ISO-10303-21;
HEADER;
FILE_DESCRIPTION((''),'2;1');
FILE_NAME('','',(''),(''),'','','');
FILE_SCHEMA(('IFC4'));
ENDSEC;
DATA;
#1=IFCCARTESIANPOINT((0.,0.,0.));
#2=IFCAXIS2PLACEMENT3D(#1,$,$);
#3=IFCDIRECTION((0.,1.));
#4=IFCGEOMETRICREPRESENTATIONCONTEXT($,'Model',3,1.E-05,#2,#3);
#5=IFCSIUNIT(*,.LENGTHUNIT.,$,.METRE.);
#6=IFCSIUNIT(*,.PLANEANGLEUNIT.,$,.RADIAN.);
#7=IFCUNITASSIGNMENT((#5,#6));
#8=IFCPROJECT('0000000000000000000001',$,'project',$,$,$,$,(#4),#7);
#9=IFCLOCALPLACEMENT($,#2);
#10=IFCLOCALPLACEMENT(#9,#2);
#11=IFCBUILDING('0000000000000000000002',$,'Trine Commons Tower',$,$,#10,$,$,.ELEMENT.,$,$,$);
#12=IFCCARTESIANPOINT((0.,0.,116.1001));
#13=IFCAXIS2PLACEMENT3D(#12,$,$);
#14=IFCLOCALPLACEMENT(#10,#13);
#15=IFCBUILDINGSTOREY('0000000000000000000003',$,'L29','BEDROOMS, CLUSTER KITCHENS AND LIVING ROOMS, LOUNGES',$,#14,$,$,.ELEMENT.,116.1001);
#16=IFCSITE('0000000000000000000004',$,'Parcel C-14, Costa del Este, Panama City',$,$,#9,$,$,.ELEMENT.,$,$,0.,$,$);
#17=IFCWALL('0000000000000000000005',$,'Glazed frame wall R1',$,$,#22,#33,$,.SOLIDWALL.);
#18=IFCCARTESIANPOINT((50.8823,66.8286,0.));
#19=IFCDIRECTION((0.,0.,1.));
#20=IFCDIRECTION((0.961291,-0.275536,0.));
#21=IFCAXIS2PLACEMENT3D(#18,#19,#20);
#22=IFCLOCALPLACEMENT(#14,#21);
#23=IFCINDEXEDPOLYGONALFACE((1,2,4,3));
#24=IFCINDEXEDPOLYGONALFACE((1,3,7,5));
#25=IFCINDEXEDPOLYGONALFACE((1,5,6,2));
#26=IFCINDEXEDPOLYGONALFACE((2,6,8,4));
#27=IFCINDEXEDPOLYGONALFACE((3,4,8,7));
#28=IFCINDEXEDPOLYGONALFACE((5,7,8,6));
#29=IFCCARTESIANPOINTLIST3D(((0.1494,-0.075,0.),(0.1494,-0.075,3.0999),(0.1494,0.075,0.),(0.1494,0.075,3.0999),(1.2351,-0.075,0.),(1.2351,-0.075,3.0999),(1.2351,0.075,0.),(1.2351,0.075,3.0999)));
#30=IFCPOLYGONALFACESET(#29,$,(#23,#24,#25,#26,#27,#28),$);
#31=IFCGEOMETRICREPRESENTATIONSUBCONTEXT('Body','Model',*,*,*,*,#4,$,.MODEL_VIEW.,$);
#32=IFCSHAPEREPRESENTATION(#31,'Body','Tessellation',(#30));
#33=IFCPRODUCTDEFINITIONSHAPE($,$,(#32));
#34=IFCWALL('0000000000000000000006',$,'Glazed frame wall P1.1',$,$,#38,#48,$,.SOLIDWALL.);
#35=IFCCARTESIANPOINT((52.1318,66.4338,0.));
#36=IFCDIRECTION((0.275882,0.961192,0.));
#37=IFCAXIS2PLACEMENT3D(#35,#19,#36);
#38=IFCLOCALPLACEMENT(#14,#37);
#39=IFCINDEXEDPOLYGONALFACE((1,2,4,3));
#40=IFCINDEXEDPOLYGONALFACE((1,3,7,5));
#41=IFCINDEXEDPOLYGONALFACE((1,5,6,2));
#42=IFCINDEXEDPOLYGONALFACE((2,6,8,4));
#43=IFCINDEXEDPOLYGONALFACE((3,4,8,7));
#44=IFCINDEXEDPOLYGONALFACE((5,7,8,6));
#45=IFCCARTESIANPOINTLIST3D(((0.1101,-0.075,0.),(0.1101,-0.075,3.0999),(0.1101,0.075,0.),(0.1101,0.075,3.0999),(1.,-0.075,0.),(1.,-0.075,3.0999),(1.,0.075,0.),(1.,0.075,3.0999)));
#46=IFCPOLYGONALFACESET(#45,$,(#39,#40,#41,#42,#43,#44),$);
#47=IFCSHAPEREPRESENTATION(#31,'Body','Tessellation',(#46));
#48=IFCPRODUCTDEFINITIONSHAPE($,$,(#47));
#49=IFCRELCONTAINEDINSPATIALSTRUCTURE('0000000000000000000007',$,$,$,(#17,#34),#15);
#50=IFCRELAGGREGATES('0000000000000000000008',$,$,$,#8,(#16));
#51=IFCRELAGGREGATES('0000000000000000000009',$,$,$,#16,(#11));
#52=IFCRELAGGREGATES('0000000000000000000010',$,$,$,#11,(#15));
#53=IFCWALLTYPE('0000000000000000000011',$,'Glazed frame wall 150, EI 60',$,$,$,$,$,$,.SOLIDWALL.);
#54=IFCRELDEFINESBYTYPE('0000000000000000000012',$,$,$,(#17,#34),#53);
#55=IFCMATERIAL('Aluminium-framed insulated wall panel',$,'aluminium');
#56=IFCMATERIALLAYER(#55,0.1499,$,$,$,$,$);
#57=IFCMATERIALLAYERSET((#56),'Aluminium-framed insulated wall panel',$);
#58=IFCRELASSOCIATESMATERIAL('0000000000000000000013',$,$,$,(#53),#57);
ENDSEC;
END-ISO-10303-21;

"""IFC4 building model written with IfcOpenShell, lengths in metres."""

from ifc_helpers import new_model, si_unit, direction, frame, origin, place, context, subcontext, project, spatial, polyline, outline, extrude, material, layer, layer_set, type_object, element, save


model = new_model("IFC4")

# Units and contexts
model_context = context("Model", 3, precision=1e-05, world=origin(), true_north=direction((0.0, 1.0)))
body_context = subcontext(model_context, "Body", "Model", "MODEL_VIEW")
ifc_project = project(units=[si_unit("LENGTHUNIT", "METRE"), si_unit("PLANEANGLEUNIT", "RADIAN")], contexts=[model_context])

# Site, building, storey
site_placement = place(None, origin())
site = spatial("IfcSite", under=ifc_project, at=site_placement, Name="Parcel C-14, Costa del Este, Panama City", CompositionType="ELEMENT", RefElevation=0.0)
building_placement = place(site_placement, origin())
building = spatial("IfcBuilding", under=site, at=building_placement, Name="Trine Commons Tower", CompositionType="ELEMENT")
storey_placement = place(building_placement, frame((0.0, 0.0, 116.1001)))
storey = spatial("IfcBuildingStorey", under=building, at=storey_placement, Name="L29", Description="BEDROOMS, CLUSTER KITCHENS AND LIVING ROOMS, LOUNGES", CompositionType="ELEMENT", Elevation=116.1001)

# Walls
ifc_material_1 = material(Name="Aluminium-framed insulated wall panel", Category="aluminium")
ifc_layer_1 = layer(ifc_material_1, 0.1499)
ifc_layer_set_1 = layer_set([ifc_layer_1], Name="Aluminium-framed insulated wall panel")
wall_type_1 = type_object("IfcWallType", Name="Glazed frame wall 150, EI 60", PredefinedType="SOLIDWALL", material=ifc_layer_set_1)
wall_1_placement = place(storey_placement, frame((50.8823, 66.8286, 0.0), z_axis=(0.0, 0.0, 1.0), x_axis=(0.961291, -0.275536, 0.0)))
element("IfcWall", 1, at=wall_1_placement, inside=storey, type_object=wall_type_1, Name="Glazed frame wall R1", PredefinedType="SOLIDWALL", context=body_context, shape_type="SweptSolid", body=[
    extrude(outline(polyline([(0.1494, 0.075), (0.1494, -0.075), (1.2351, -0.075), (1.2351, 0.075), (0.1494, 0.075)])), origin(), (0.0, 0.0, 1.0), 3.0999),
])
wall_2_placement = place(storey_placement, frame((52.1318, 66.4338, 0.0), z_axis=(0.0, 0.0, 1.0), x_axis=(0.275882, 0.961192, 0.0)))
element("IfcWall", 2, at=wall_2_placement, inside=storey, type_object=wall_type_1, Name="Glazed frame wall P1.1", PredefinedType="SOLIDWALL", context=body_context, shape_type="SweptSolid", body=[
    extrude(outline(polyline([(0.1101, -0.075), (1.0, -0.075), (1.0, 0.075), (0.1101, 0.075), (0.1101, -0.075)])), origin(), (0.0, 0.0, 1.0), 3.0999),
])

save(model, "model.ifc")
